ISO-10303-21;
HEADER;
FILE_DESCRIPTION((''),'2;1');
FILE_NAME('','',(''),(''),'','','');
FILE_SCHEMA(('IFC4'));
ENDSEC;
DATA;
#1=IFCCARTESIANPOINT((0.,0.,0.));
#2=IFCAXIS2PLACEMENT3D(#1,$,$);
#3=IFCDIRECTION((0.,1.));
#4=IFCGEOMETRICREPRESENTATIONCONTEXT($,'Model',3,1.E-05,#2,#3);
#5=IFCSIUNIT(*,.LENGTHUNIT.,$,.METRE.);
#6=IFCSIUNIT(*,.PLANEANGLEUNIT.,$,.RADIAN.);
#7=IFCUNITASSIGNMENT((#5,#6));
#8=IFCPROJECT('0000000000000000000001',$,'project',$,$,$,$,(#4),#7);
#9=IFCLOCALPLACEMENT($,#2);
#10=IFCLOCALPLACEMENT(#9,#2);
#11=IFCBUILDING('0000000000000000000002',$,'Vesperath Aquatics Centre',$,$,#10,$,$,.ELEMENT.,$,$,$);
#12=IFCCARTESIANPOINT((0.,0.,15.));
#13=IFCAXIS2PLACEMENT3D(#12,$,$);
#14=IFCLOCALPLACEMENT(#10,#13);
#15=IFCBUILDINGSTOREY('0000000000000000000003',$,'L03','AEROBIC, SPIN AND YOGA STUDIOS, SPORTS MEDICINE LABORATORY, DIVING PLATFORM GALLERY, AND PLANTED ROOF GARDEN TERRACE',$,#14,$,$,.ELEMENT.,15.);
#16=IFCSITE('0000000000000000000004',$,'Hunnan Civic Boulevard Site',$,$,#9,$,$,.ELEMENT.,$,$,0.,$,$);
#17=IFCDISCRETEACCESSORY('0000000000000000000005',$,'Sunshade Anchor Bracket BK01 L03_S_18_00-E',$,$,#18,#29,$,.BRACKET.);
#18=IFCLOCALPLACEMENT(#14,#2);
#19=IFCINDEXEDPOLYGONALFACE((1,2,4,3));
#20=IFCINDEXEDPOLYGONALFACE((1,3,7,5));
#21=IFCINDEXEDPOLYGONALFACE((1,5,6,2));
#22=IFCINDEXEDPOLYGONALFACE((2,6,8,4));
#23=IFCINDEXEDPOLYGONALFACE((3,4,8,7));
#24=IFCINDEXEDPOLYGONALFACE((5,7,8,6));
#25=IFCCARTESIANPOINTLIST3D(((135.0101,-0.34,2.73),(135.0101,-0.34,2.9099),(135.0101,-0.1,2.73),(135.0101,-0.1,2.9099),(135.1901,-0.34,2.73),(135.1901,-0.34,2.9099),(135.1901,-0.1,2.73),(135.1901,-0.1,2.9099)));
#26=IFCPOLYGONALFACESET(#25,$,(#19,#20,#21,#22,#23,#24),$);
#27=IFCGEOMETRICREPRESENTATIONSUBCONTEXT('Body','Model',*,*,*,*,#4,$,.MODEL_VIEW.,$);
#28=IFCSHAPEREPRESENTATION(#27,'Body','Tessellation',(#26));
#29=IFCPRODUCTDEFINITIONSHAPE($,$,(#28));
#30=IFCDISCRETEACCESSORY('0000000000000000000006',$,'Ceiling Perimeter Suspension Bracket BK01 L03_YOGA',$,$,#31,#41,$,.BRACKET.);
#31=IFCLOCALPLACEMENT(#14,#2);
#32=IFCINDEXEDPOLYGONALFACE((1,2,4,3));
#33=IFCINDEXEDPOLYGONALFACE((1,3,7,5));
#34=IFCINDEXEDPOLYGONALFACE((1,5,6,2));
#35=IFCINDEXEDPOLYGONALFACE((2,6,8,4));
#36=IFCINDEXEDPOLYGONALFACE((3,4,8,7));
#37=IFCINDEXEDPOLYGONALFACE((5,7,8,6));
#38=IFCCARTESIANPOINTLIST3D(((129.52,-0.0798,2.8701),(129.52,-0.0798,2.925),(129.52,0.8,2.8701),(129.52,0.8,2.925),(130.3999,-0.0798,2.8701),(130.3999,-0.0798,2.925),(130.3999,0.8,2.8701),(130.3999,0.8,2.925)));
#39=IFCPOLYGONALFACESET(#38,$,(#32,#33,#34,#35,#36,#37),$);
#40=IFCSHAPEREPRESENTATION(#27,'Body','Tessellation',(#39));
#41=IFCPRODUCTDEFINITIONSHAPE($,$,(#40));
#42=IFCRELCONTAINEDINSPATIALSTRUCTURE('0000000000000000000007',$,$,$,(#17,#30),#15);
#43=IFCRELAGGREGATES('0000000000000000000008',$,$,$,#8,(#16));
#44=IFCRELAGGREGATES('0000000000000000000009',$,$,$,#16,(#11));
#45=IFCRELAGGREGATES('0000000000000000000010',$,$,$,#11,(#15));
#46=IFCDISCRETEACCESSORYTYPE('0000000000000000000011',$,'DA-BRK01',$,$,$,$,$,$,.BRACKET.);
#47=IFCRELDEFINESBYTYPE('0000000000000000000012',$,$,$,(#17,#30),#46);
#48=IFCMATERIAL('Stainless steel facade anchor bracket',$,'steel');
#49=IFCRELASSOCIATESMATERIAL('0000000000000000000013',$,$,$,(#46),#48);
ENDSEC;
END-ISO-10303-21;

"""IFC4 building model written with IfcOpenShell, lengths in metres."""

from ifc_helpers import new_model, si_unit, direction, frame, origin, origin_2d, place, context, subcontext, project, spatial, rectangle, extrude, material, type_object, element, save


model = new_model("IFC4")

# Units and contexts
model_context = context("Model", 3, precision=1e-05, world=origin(), true_north=direction((0.0, 1.0)))
body_context = subcontext(model_context, "Body", "Model", "MODEL_VIEW")
ifc_project = project(units=[si_unit("LENGTHUNIT", "METRE"), si_unit("PLANEANGLEUNIT", "RADIAN")], contexts=[model_context])

# Site, building, storey
site_placement = place(None, origin())
site = spatial("IfcSite", under=ifc_project, at=site_placement, Name="Hunnan Civic Boulevard Site", CompositionType="ELEMENT", RefElevation=0.0)
building_placement = place(site_placement, origin())
building = spatial("IfcBuilding", under=site, at=building_placement, Name="Vesperath Aquatics Centre", CompositionType="ELEMENT")
storey_placement = place(building_placement, frame((0.0, 0.0, 15.0)))
storey = spatial("IfcBuildingStorey", under=building, at=storey_placement, Name="L03", Description="AEROBIC, SPIN AND YOGA STUDIOS, SPORTS MEDICINE LABORATORY, DIVING PLATFORM GALLERY, AND PLANTED ROOF GARDEN TERRACE", CompositionType="ELEMENT", Elevation=15.0)

# Discrete accessories
ifc_material_1 = material(Name="Stainless steel facade anchor bracket", Category="steel")
discrete_accessory_type = type_object("IfcDiscreteAccessoryType", Name="DA-BRK01", PredefinedType="BRACKET", material=ifc_material_1)
for number, where, z_axis, x_axis, name in (
    (1, (135.1001, -0.22, 2.73), (0.0, 0.0, 1.0), (1.0, 0.0, 0.0), "Sunshade Anchor Bracket BK01 L03_S_18_00-E"),
):
    element("IfcDiscreteAccessory", number, at=place(storey_placement, frame(where, z_axis=z_axis, x_axis=x_axis)), inside=storey, type_object=discrete_accessory_type, Name=name, PredefinedType="BRACKET", context=body_context, shape_type="SweptSolid", body=[
        extrude(rectangle(XDim=0.1799, YDim=0.24, at=origin_2d()), origin(), (0.0, 0.0, 1.0), 0.1799),
    ])
discrete_accessory_placement = place(storey_placement, frame((129.96, 0.3601, 2.8701), z_axis=(0.0, 0.0, 1.0), x_axis=(1.0, 0.0, 0.0)))
element("IfcDiscreteAccessory", 2, at=discrete_accessory_placement, inside=storey, type_object=discrete_accessory_type, Name="Ceiling Perimeter Suspension Bracket BK01 L03_YOGA", PredefinedType="BRACKET", context=body_context, shape_type="SweptSolid", body=[
    extrude(rectangle(XDim=0.8799, YDim=0.8799, at=origin_2d()), origin(), (0.0, 0.0, 1.0), 0.0549),
])

save(model, "model.ifc")
